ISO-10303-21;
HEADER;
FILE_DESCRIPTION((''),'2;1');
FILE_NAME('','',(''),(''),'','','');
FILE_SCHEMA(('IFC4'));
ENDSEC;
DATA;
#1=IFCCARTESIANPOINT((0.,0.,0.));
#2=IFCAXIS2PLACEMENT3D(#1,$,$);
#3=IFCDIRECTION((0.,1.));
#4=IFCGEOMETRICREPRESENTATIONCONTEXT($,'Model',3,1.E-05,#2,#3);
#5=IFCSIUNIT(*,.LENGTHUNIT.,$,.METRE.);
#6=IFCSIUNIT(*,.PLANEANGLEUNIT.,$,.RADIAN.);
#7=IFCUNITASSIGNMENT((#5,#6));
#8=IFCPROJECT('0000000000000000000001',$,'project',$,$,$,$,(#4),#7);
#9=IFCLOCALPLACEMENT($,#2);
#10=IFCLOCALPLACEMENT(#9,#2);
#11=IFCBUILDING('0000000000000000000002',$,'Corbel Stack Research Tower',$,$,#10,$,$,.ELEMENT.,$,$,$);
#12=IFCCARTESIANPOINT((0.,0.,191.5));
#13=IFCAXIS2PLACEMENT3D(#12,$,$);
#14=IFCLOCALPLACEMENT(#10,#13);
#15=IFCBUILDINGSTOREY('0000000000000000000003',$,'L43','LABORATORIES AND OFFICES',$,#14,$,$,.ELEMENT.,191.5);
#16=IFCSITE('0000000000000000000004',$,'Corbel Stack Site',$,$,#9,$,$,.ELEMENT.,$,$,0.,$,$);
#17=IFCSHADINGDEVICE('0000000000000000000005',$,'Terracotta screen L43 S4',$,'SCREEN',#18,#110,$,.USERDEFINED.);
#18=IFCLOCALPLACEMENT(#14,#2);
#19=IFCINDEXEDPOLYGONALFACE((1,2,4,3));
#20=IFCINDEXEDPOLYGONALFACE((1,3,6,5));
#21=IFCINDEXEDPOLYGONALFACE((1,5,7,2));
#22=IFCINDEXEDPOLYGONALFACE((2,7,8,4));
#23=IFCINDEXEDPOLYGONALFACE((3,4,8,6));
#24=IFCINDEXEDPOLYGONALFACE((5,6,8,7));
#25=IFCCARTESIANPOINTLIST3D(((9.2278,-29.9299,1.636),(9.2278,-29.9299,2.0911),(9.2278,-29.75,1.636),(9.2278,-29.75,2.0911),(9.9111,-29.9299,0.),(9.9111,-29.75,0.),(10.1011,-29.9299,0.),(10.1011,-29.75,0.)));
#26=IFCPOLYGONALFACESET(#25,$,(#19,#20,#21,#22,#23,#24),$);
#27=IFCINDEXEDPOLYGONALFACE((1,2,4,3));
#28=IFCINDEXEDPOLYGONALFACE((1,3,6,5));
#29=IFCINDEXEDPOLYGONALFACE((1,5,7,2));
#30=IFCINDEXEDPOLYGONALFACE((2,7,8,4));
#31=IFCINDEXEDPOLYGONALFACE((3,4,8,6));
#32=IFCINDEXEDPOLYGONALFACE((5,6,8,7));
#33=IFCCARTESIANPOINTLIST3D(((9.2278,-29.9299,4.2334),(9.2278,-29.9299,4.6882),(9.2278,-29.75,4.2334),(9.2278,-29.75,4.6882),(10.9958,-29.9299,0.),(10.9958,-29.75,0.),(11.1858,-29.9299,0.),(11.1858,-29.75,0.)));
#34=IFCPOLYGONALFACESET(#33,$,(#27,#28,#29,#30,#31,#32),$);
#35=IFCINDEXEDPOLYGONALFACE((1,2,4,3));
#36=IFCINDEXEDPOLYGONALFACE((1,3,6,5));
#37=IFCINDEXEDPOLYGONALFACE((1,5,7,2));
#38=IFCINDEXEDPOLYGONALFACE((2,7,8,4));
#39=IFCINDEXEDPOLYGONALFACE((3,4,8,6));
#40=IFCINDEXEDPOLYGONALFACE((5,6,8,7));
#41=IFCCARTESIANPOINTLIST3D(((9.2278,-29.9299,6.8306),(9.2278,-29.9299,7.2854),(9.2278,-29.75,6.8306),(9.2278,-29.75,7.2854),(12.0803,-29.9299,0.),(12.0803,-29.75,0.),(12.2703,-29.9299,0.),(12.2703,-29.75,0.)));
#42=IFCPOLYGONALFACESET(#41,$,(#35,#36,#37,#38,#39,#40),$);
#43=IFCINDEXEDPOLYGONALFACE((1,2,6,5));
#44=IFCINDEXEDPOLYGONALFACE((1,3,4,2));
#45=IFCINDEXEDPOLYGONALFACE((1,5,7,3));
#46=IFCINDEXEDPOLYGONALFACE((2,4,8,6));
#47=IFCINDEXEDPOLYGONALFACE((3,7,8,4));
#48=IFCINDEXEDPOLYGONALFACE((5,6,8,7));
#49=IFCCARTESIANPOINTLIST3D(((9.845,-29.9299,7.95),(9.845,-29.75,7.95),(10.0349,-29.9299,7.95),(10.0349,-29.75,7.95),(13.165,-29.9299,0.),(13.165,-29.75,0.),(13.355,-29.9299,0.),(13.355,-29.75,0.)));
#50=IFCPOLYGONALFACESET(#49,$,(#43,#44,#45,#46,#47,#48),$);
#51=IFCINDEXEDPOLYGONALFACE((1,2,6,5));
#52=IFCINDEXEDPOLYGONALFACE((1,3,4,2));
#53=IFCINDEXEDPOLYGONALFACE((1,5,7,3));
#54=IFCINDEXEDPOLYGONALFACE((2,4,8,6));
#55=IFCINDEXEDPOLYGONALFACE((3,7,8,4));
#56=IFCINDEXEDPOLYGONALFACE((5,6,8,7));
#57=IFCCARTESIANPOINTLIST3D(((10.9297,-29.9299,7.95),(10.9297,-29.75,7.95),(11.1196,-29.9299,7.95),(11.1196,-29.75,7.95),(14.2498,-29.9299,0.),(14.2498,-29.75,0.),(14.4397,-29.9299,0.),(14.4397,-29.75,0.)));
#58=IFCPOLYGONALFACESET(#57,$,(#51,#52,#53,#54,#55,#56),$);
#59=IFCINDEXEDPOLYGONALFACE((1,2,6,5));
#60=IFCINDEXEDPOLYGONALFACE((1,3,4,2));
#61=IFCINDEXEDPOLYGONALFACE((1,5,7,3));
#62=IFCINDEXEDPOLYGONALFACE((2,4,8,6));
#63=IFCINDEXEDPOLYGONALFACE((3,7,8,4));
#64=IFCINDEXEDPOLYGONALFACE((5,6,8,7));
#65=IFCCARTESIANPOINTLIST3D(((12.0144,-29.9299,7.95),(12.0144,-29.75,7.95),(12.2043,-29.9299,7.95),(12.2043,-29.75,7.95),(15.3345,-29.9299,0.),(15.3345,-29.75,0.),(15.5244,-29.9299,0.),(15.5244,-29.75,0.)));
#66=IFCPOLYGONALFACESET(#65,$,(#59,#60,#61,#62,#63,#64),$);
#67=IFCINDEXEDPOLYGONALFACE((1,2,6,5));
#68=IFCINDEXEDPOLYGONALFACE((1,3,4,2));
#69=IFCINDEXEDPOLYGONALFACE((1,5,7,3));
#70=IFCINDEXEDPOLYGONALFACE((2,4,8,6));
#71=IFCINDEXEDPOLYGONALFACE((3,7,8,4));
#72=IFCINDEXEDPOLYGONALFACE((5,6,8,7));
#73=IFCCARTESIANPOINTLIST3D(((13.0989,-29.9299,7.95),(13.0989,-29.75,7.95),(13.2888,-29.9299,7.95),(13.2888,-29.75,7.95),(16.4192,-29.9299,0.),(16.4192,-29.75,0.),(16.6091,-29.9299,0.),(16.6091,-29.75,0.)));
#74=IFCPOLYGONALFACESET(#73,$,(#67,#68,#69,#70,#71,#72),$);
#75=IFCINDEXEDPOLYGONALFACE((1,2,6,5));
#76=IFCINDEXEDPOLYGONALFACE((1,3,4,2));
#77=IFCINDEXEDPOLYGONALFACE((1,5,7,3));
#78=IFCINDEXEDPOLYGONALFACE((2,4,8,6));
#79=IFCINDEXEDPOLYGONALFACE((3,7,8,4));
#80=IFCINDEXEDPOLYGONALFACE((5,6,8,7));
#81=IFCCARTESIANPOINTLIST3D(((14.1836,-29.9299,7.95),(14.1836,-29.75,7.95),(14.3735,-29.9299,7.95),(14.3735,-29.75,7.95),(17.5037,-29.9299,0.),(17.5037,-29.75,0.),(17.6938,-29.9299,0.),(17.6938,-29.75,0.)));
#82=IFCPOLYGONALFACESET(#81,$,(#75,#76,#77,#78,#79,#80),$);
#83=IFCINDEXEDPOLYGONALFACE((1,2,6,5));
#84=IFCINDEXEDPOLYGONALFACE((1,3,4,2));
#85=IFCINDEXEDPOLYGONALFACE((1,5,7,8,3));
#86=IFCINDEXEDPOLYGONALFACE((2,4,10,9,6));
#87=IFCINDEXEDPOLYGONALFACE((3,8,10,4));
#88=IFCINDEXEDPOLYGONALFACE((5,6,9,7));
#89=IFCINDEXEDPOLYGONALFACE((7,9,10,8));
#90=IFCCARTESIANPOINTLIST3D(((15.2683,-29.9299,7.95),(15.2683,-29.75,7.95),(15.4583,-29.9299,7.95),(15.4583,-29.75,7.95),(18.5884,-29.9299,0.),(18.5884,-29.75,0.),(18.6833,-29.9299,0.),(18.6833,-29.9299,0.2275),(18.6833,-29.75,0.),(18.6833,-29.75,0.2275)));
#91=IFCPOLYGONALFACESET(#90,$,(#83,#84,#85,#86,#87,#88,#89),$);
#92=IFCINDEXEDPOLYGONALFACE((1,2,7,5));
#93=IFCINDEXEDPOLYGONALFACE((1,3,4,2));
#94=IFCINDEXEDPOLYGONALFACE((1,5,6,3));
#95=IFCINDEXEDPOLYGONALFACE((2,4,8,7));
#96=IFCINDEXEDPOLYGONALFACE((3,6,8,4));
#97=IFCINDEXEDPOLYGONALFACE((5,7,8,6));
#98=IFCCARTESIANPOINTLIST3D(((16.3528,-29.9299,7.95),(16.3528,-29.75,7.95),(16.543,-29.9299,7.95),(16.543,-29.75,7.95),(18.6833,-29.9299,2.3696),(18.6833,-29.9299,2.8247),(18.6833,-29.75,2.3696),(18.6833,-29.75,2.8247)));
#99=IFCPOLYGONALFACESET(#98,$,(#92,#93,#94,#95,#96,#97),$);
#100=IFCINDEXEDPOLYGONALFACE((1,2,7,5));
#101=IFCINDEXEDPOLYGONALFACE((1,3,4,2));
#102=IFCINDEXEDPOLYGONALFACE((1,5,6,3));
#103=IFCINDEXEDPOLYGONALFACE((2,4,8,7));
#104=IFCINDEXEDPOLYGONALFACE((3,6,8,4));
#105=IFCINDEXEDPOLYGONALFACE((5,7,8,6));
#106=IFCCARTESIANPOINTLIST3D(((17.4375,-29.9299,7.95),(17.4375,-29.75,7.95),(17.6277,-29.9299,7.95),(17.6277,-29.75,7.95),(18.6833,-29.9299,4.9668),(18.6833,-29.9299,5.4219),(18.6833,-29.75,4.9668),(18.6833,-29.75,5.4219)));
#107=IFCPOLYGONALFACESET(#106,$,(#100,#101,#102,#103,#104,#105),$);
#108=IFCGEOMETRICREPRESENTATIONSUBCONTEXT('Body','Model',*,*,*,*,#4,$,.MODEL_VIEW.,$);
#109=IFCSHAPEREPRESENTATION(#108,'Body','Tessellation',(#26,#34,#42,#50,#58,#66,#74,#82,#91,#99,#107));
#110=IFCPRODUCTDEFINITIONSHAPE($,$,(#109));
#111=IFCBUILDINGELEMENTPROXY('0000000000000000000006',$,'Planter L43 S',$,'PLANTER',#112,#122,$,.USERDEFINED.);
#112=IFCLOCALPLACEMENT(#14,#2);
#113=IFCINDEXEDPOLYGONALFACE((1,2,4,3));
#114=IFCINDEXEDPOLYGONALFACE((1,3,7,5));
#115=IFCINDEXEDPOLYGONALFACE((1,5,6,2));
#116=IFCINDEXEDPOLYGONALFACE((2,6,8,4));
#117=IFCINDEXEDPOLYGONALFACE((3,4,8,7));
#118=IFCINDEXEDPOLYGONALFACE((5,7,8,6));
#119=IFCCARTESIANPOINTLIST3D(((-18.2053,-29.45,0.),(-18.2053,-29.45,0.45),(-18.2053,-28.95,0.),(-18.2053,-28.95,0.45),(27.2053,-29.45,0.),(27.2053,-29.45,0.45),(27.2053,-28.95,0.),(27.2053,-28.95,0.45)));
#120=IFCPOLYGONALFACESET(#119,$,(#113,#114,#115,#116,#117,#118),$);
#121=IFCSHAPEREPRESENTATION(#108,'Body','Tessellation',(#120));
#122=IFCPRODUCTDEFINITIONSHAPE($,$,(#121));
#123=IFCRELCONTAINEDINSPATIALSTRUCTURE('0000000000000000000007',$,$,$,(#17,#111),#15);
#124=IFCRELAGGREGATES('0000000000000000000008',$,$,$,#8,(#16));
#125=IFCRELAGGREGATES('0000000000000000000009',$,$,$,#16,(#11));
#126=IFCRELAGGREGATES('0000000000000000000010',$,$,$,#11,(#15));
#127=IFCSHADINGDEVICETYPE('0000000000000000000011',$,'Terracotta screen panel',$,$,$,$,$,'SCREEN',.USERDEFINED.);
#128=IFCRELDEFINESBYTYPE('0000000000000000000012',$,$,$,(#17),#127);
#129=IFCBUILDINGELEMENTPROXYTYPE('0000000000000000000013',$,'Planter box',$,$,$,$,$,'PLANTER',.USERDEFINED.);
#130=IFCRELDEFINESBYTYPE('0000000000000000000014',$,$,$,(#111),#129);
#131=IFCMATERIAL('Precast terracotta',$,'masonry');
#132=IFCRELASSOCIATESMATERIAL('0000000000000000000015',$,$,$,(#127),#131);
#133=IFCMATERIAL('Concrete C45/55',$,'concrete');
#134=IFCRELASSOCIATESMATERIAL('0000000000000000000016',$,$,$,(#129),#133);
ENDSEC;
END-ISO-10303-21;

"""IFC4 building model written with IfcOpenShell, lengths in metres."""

from ifc_helpers import new_model, si_unit, direction, frame, origin, origin_2d, place, context, subcontext, project, spatial, polyline, rectangle, outline, extrude, source, transform, mapped, material, type_object, element, save


model = new_model("IFC4")

# Units and contexts
model_context = context("Model", 3, precision=1e-05, world=origin(), true_north=direction((0.0, 1.0)))
body_context = subcontext(model_context, "Body", "Model", "MODEL_VIEW")
ifc_project = project(units=[si_unit("LENGTHUNIT", "METRE"), si_unit("PLANEANGLEUNIT", "RADIAN")], contexts=[model_context])

# Site, building, storey
site_placement = place(None, origin())
site = spatial("IfcSite", under=ifc_project, at=site_placement, Name="Corbel Stack Site", CompositionType="ELEMENT", RefElevation=0.0)
building_placement = place(site_placement, origin())
building = spatial("IfcBuilding", under=site, at=building_placement, Name="Corbel Stack Research Tower", CompositionType="ELEMENT")
storey_placement = place(building_placement, frame((0.0, 0.0, 191.5)))
storey = spatial("IfcBuildingStorey", under=building, at=storey_placement, Name="L43", Description="LABORATORIES AND OFFICES", CompositionType="ELEMENT", Elevation=191.5)

# Shading device
ifc_material_1 = material(Name="Precast terracotta", Category="masonry")
shading_device_type = type_object("IfcShadingDeviceType", Name="Terracotta screen panel", ElementType="SCREEN", PredefinedType="USERDEFINED", material=ifc_material_1)
shared_shape = source(origin(), body_context, "Body", "SweptSolid", [
    extrude(outline(polyline([(0.8733, 0.0), (0.0, 2.0911), (0.0, 1.636), (0.6833, 0.0), (0.8733, 0.0)])), frame((0.0, 0.0, 0.0), z_axis=(0.0, -1.0, 0.0), x_axis=(1.0, 0.0, 0.0)), (0.0, 0.0, 1.0), 0.1799),
    extrude(outline(polyline([(1.958, 0.0), (0.0, 4.6882), (0.0, 4.2334), (1.7681, 0.0), (1.958, 0.0)])), frame((0.0, 0.0, 0.0), z_axis=(0.0, -1.0, 0.0), x_axis=(1.0, 0.0, 0.0)), (0.0, 0.0, 1.0), 0.1799),
    extrude(outline(polyline([(3.0425, 0.0), (0.0, 7.2854), (0.0, 6.8306), (2.8525, 0.0), (3.0425, 0.0)])), frame((0.0, 0.0, 0.0), z_axis=(0.0, -1.0, 0.0), x_axis=(1.0, 0.0, 0.0)), (0.0, 0.0, 1.0), 0.1799),
    extrude(outline(polyline([(4.1272, 0.0), (0.8071, 7.95), (0.6172, 7.95), (3.9373, 0.0), (4.1272, 0.0)])), frame((0.0, 0.0, 0.0), z_axis=(0.0, -1.0, 0.0), x_axis=(1.0, 0.0, 0.0)), (0.0, 0.0, 1.0), 0.1799),
    extrude(outline(polyline([(5.2119, 0.0), (1.8918, 7.95), (1.7019, 7.95), (5.022, 0.0), (5.2119, 0.0)])), frame((0.0, 0.0, 0.0), z_axis=(0.0, -1.0, 0.0), x_axis=(1.0, 0.0, 0.0)), (0.0, 0.0, 1.0), 0.1799),
    extrude(outline(polyline([(6.2966, 0.0), (2.9766, 7.95), (2.7866, 7.95), (6.1067, 0.0), (6.2966, 0.0)])), frame((0.0, 0.0, 0.0), z_axis=(0.0, -1.0, 0.0), x_axis=(1.0, 0.0, 0.0)), (0.0, 0.0, 1.0), 0.1799),
    extrude(outline(polyline([(7.3813, 0.0), (4.061, 7.95), (3.8711, 7.95), (7.1914, 0.0), (7.3813, 0.0)])), frame((0.0, 0.0, 0.0), z_axis=(0.0, -1.0, 0.0), x_axis=(1.0, 0.0, 0.0)), (0.0, 0.0, 1.0), 0.1799),
    extrude(outline(polyline([(8.4661, 0.0), (5.1458, 7.95), (4.9558, 7.95), (8.2759, 0.0), (8.4661, 0.0)])), frame((0.0, 0.0, 0.0), z_axis=(0.0, -1.0, 0.0), x_axis=(1.0, 0.0, 0.0)), (0.0, 0.0, 1.0), 0.1799),
    extrude(outline(polyline([(9.4556, 0.0), (9.4556, 0.2275), (6.2305, 7.95), (6.0405, 7.95), (9.3606, 0.0), (9.4556, 0.0)])), frame((0.0, 0.0, 0.0), z_axis=(0.0, -1.0, 0.0), x_axis=(1.0, 0.0, 0.0)), (0.0, 0.0, 1.0), 0.1799),
    extrude(outline(polyline([(7.3152, 7.95), (7.125, 7.95), (9.4556, 2.3696), (9.4556, 2.8247), (7.3152, 7.95)])), frame((0.0, 0.0, 0.0), z_axis=(0.0, -1.0, 0.0), x_axis=(1.0, 0.0, 0.0)), (0.0, 0.0, 1.0), 0.1799),
    extrude(outline(polyline([(8.3999, 7.95), (8.2097, 7.95), (9.4556, 4.9668), (9.4556, 5.4219), (8.3999, 7.95)])), frame((0.0, 0.0, 0.0), z_axis=(0.0, -1.0, 0.0), x_axis=(1.0, 0.0, 0.0)), (0.0, 0.0, 1.0), 0.1799),
])
shading_device_placement = place(storey_placement, frame((9.2278, -29.75, 0.0), z_axis=(0.0, 0.0, 1.0), x_axis=(1.0, 0.0, 0.0)))
element("IfcShadingDevice", 1, at=shading_device_placement, inside=storey, type_object=shading_device_type, Name="Terracotta screen L43 S4", ObjectType="SCREEN", PredefinedType="USERDEFINED", context=body_context, shape_type="MappedRepresentation", body=[
    mapped(shared_shape, transform((0.0, 0.0, 0.0))),
])

# Building element proxy
ifc_material_2 = material(Name="Concrete C45/55", Category="concrete")
building_element_proxy_type = type_object("IfcBuildingElementProxyType", Name="Planter box", ElementType="PLANTER", PredefinedType="USERDEFINED", material=ifc_material_2)
proxy_placement = place(storey_placement, frame((4.5, -29.2, 0.0), z_axis=(0.0, 0.0, 1.0), x_axis=(1.0, 0.0, 0.0)))
element("IfcBuildingElementProxy", 2, at=proxy_placement, inside=storey, type_object=building_element_proxy_type, Name="Planter L43 S", ObjectType="PLANTER", PredefinedType="USERDEFINED", context=body_context, shape_type="SweptSolid", body=[
    extrude(rectangle(XDim=45.4106, YDim=0.5, at=origin_2d()), origin(), (0.0, 0.0, 1.0), 0.45),
])

save(model, "model.ifc")
